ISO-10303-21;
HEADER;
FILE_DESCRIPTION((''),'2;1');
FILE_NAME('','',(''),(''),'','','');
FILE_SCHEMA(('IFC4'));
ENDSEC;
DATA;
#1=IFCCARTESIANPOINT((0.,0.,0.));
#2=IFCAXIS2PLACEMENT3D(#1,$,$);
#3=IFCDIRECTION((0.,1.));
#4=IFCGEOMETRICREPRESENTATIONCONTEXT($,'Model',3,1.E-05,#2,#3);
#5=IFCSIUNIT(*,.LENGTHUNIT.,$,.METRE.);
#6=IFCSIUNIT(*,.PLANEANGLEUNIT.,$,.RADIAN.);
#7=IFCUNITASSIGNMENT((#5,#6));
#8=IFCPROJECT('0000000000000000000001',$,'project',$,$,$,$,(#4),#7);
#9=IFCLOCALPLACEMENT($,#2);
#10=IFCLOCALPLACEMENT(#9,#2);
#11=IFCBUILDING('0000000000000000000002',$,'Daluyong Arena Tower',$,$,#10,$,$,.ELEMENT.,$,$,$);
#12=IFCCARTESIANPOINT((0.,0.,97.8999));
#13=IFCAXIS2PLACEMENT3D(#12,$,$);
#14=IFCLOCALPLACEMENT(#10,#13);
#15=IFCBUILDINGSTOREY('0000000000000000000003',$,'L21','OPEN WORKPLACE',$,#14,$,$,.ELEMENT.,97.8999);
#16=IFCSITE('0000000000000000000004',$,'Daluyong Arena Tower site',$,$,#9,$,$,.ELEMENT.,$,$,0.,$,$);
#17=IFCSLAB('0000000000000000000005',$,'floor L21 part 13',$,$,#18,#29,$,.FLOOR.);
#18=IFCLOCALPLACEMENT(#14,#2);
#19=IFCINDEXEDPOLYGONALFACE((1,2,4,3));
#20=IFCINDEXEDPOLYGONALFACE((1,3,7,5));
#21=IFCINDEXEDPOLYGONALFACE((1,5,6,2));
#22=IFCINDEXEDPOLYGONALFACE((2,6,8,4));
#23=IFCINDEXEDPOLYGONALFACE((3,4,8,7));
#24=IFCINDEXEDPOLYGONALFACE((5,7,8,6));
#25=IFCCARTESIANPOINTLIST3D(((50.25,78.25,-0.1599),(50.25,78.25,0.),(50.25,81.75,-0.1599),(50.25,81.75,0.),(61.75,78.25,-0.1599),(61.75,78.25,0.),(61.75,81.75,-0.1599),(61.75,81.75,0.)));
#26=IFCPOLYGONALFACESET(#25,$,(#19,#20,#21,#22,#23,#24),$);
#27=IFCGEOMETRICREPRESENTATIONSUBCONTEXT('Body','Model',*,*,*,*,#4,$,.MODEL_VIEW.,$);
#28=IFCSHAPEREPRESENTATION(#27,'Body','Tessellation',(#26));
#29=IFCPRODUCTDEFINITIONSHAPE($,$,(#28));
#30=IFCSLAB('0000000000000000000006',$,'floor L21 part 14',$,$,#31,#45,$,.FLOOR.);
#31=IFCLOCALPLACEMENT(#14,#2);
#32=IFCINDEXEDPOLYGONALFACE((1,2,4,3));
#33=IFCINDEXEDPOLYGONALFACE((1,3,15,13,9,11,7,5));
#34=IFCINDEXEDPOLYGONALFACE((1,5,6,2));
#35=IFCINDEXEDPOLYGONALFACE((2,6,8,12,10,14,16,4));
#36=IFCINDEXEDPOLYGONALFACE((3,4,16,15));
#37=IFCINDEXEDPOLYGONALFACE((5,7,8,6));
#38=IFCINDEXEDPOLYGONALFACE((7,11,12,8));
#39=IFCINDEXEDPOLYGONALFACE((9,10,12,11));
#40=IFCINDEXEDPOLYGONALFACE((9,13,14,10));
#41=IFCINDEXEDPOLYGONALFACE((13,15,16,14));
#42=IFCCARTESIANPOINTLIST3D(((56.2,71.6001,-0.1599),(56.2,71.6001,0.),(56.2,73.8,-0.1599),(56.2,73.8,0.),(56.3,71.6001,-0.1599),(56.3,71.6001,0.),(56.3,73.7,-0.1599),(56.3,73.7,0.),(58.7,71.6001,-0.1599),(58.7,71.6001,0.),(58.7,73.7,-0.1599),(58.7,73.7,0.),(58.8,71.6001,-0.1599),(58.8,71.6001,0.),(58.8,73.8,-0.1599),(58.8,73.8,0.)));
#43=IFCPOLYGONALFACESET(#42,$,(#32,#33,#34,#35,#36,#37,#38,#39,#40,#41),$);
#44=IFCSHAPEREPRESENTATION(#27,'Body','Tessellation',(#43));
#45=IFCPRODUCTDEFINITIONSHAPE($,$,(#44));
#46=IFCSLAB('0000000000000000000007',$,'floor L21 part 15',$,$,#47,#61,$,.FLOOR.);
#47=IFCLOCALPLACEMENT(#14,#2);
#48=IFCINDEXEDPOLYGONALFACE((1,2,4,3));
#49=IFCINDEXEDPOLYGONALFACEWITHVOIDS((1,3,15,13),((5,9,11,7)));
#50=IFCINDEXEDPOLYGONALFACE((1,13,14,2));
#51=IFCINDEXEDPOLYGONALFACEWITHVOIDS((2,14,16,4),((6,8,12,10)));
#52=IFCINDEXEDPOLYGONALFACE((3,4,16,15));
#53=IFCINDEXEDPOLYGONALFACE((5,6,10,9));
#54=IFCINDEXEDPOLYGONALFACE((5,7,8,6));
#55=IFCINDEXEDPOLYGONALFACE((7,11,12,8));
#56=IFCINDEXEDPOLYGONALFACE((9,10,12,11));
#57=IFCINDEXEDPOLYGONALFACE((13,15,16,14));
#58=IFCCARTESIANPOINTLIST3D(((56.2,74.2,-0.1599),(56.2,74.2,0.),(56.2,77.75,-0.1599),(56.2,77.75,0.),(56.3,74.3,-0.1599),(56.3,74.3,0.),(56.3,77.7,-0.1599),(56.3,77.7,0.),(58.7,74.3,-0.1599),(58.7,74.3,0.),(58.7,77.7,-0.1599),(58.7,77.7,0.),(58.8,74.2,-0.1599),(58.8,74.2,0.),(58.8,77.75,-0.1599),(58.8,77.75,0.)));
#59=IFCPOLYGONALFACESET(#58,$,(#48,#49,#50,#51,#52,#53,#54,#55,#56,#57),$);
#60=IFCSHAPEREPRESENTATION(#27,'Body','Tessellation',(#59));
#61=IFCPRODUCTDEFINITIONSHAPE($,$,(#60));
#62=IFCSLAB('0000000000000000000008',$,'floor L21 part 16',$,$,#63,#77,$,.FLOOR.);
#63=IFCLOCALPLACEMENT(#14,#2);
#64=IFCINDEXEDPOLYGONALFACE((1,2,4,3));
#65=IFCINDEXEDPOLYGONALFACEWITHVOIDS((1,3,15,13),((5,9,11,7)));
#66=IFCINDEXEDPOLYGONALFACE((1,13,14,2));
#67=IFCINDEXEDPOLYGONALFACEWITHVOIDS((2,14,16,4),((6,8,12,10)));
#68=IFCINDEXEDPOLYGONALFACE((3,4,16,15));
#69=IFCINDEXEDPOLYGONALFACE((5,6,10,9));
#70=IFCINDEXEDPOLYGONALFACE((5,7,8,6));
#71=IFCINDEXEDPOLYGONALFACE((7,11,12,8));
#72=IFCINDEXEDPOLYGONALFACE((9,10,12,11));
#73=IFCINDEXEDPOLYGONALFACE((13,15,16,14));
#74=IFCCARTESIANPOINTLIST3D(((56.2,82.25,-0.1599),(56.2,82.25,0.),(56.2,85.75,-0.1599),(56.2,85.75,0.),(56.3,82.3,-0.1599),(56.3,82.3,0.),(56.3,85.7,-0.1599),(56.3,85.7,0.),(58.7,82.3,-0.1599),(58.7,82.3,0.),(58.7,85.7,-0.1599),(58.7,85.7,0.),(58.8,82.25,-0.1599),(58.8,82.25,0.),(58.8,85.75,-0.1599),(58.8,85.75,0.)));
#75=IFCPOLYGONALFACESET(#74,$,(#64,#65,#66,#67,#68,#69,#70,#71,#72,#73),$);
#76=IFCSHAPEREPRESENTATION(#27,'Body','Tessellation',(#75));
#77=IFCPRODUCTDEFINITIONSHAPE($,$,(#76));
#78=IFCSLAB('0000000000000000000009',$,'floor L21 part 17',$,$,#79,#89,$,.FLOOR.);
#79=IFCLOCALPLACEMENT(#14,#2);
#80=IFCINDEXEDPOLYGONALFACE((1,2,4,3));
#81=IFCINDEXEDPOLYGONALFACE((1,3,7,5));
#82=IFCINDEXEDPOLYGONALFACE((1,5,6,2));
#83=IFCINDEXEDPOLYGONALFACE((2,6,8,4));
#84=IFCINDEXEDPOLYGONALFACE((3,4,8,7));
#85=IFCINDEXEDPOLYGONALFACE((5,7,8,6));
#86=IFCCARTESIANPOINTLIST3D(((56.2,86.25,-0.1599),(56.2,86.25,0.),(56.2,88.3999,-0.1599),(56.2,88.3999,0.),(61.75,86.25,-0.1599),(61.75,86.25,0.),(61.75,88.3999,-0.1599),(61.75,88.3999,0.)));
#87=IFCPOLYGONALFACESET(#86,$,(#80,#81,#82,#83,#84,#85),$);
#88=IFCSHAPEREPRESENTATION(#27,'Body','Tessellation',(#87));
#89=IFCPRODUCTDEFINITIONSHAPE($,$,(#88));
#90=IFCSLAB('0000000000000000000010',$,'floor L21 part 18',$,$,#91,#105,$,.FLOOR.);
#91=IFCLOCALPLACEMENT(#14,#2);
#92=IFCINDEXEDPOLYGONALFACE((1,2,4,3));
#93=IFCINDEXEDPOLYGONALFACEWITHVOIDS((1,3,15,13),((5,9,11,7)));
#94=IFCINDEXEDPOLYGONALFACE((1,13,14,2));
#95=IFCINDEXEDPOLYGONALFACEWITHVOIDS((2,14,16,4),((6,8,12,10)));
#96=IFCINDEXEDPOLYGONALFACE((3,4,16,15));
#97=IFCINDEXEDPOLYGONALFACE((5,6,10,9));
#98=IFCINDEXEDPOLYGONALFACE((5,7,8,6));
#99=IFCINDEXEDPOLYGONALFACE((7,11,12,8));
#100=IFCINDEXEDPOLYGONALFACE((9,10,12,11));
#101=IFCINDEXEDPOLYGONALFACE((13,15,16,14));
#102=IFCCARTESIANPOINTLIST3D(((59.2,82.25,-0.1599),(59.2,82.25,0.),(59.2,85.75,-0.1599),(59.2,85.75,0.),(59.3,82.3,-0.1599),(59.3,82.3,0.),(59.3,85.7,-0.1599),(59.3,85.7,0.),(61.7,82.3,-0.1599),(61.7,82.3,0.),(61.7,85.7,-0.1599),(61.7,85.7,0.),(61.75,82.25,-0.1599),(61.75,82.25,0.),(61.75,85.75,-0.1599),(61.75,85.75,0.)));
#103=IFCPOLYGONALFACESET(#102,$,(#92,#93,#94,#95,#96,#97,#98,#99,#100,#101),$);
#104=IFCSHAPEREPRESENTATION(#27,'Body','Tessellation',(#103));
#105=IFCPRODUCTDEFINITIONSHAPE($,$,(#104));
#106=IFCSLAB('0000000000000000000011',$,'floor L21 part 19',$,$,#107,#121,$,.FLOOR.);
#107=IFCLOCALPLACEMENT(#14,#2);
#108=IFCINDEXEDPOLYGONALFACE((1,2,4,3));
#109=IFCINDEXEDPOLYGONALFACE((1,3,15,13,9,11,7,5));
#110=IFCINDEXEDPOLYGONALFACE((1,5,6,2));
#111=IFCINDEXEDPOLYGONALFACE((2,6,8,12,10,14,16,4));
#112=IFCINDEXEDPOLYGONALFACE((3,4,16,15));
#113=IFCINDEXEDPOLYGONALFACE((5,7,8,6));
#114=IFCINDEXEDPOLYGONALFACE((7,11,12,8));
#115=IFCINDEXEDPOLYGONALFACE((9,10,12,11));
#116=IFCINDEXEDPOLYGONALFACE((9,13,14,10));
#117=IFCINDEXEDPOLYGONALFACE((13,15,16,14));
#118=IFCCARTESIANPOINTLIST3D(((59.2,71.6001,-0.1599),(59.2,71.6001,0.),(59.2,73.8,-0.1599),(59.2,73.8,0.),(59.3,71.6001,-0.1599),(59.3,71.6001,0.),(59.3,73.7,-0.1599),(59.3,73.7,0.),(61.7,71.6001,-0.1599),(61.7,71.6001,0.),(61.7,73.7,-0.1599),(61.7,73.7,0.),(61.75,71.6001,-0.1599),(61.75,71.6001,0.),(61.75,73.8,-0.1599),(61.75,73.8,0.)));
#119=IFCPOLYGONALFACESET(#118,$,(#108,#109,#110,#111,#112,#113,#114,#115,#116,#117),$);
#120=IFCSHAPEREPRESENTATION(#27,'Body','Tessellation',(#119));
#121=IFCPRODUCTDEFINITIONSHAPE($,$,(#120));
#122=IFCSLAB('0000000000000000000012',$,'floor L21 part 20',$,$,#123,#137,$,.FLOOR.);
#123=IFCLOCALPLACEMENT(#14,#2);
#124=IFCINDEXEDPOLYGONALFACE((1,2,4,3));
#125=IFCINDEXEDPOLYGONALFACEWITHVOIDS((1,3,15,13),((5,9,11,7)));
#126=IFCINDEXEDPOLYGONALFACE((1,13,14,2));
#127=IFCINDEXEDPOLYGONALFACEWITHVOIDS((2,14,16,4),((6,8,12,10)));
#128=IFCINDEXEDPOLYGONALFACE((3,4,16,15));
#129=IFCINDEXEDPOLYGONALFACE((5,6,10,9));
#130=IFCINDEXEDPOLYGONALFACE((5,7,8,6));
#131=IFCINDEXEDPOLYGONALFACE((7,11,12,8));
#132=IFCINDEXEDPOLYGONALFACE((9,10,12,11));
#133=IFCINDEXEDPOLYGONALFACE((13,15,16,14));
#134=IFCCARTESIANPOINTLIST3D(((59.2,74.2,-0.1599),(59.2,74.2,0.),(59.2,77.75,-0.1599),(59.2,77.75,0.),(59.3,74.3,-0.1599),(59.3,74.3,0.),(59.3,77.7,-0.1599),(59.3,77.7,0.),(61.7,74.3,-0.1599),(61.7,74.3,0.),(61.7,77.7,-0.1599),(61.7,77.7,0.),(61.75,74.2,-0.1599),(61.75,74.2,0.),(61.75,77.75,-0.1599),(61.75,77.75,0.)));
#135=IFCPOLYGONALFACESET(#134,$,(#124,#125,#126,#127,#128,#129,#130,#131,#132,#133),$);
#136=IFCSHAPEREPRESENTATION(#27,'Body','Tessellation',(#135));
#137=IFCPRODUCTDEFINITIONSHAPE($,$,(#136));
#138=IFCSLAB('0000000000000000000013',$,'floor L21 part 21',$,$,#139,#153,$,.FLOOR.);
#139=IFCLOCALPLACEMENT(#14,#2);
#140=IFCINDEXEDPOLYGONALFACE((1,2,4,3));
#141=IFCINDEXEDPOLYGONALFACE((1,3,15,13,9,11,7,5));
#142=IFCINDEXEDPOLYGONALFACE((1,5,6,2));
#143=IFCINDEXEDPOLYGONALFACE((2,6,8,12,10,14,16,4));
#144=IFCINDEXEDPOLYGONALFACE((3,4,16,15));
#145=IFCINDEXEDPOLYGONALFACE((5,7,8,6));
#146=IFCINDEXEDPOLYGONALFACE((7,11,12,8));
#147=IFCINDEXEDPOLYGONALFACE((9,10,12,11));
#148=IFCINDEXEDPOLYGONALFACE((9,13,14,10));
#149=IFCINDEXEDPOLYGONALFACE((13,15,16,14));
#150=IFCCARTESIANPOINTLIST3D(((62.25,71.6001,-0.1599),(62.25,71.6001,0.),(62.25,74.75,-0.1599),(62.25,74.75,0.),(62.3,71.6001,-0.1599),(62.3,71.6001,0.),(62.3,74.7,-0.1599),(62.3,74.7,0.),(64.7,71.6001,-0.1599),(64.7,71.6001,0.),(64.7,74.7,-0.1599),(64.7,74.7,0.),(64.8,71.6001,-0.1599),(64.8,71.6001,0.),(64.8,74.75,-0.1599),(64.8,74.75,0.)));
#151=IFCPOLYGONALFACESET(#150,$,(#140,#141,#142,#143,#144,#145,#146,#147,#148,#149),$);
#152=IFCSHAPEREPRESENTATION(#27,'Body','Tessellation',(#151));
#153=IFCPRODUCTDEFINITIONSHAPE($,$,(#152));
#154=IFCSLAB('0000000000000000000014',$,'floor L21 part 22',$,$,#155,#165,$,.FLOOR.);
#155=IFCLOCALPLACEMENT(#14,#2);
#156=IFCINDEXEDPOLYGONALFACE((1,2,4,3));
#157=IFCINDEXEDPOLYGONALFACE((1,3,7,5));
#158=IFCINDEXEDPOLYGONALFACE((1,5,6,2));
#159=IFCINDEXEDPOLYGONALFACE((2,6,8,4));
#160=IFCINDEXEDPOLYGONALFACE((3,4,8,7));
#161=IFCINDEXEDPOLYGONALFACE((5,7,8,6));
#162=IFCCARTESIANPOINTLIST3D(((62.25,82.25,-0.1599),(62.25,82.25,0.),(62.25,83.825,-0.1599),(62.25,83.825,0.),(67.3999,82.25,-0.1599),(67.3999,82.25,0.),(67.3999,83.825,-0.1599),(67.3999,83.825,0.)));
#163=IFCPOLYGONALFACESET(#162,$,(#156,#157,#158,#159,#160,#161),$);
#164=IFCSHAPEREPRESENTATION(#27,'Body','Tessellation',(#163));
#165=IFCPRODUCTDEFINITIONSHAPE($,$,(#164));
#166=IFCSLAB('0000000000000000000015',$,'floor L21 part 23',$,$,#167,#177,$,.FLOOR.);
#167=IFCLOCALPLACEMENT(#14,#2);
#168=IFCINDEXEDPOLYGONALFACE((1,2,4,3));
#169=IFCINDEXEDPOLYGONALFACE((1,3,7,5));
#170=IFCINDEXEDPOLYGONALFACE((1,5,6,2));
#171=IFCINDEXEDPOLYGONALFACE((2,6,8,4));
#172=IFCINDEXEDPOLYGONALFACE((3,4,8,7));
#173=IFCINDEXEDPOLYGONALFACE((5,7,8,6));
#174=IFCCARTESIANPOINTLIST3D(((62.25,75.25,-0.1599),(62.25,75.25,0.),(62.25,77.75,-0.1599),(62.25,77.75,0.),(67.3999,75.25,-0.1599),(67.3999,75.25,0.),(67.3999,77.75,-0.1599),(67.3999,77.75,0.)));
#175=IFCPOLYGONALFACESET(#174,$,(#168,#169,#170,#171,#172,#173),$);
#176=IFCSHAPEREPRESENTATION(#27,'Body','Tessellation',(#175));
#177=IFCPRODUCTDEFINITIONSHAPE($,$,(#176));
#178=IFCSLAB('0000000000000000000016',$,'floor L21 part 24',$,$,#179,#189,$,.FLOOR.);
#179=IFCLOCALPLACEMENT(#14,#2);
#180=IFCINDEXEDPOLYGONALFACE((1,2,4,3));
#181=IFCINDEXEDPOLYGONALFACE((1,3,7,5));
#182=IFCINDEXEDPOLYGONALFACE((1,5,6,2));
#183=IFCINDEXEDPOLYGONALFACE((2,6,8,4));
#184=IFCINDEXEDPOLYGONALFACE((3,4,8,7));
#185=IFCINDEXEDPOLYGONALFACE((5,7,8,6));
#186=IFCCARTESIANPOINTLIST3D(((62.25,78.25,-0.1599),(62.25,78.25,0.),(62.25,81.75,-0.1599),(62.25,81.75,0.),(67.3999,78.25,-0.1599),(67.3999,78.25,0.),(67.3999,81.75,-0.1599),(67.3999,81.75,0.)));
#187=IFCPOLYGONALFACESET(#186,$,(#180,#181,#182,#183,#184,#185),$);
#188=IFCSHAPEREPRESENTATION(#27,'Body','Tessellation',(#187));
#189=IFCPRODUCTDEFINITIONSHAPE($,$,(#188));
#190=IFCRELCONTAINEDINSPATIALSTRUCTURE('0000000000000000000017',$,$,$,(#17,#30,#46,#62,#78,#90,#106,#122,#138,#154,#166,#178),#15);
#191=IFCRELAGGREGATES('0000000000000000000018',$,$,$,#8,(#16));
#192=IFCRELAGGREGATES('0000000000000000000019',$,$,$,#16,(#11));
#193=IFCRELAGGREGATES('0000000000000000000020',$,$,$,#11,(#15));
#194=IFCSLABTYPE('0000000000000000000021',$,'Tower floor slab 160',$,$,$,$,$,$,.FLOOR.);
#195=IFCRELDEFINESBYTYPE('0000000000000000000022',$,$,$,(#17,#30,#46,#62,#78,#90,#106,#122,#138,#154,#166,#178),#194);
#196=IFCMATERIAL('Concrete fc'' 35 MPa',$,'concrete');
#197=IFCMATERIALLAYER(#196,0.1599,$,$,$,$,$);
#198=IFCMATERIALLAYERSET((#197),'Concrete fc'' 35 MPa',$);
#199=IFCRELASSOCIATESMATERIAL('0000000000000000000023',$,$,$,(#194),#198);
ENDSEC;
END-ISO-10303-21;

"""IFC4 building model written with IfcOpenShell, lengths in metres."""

from ifc_helpers import new_model, si_unit, direction, frame, origin, place, context, subcontext, project, spatial, polyline, outline, extrude, material, layer, layer_set, type_object, element, save


model = new_model("IFC4")

# Units and contexts
model_context = context("Model", 3, precision=1e-05, world=origin(), true_north=direction((0.0, 1.0)))
body_context = subcontext(model_context, "Body", "Model", "MODEL_VIEW")
ifc_project = project(units=[si_unit("LENGTHUNIT", "METRE"), si_unit("PLANEANGLEUNIT", "RADIAN")], contexts=[model_context])

# Site, building, storey
site_placement = place(None, origin())
site = spatial("IfcSite", under=ifc_project, at=site_placement, Name="Daluyong Arena Tower site", CompositionType="ELEMENT", RefElevation=0.0)
building_placement = place(site_placement, origin())
building = spatial("IfcBuilding", under=site, at=building_placement, Name="Daluyong Arena Tower", CompositionType="ELEMENT")
storey_placement = place(building_placement, frame((0.0, 0.0, 97.8999)))
storey = spatial("IfcBuildingStorey", under=building, at=storey_placement, Name="L21", Description="OPEN WORKPLACE", CompositionType="ELEMENT", Elevation=97.8999)

# Slabs
ifc_material_1 = material(Name="Concrete fc' 35 MPa", Category="concrete")
ifc_layer_1 = layer(ifc_material_1, 0.1599)
ifc_layer_set_1 = layer_set([ifc_layer_1], Name="Concrete fc' 35 MPa")
slab_type = type_object("IfcSlabType", Name="Tower floor slab 160", PredefinedType="FLOOR", material=ifc_layer_set_1)
slab_1_placement = place(storey_placement, frame((0.0, 0.0, -0.1599)))
element("IfcSlab", 1, at=slab_1_placement, inside=storey, type_object=slab_type, Name="floor L21 part 13", PredefinedType="FLOOR", context=body_context, shape_type="SweptSolid", body=[
    extrude(outline(polyline([(61.75, 81.75), (50.25, 81.75), (50.25, 78.25), (61.75, 78.25), (61.75, 81.75)])), origin(), (0.0, 0.0, 1.0), 0.1599),
])
slab_2_placement = place(storey_placement, frame((0.0, 0.0, -0.1599)))
element("IfcSlab", 2, at=slab_2_placement, inside=storey, type_object=slab_type, Name="floor L21 part 14", PredefinedType="FLOOR", context=body_context, shape_type="SweptSolid", body=[
    extrude(outline(polyline([(58.7, 73.7), (58.7, 71.6001), (58.8, 71.6001), (58.8, 73.8), (56.2, 73.8), (56.2, 71.6001), (56.3, 71.6001), (56.3, 73.7), (58.7, 73.7)])), origin(), (0.0, 0.0, 1.0), 0.1599),
])
slab_3_placement = place(storey_placement, frame((0.0, 0.0, -0.1599)))
element("IfcSlab", 3, at=slab_3_placement, inside=storey, type_object=slab_type, Name="floor L21 part 15", PredefinedType="FLOOR", context=body_context, shape_type="SweptSolid", body=[
    extrude(outline(polyline([(56.2, 77.75), (56.2, 74.2), (58.8, 74.2), (58.8, 77.75), (56.2, 77.75)]), holes=[polyline([(58.7, 77.7), (58.7, 74.3), (56.3, 74.3), (56.3, 77.7), (58.7, 77.7)])]), origin(), (0.0, 0.0, 1.0), 0.1599),
])
slab_4_placement = place(storey_placement, frame((0.0, 0.0, -0.1599)))
element("IfcSlab", 4, at=slab_4_placement, inside=storey, type_object=slab_type, Name="floor L21 part 16", PredefinedType="FLOOR", context=body_context, shape_type="SweptSolid", body=[
    extrude(outline(polyline([(56.2, 85.75), (56.2, 82.25), (58.8, 82.25), (58.8, 85.75), (56.2, 85.75)]), holes=[polyline([(58.7, 85.7), (58.7, 82.3), (56.3, 82.3), (56.3, 85.7), (58.7, 85.7)])]), origin(), (0.0, 0.0, 1.0), 0.1599),
])
slab_5_placement = place(storey_placement, frame((0.0, 0.0, -0.1599)))
element("IfcSlab", 5, at=slab_5_placement, inside=storey, type_object=slab_type, Name="floor L21 part 17", PredefinedType="FLOOR", context=body_context, shape_type="SweptSolid", body=[
    extrude(outline(polyline([(56.2, 86.25), (61.75, 86.25), (61.75, 88.3999), (56.2, 88.3999), (56.2, 86.25)])), origin(), (0.0, 0.0, 1.0), 0.1599),
])
slab_6_placement = place(storey_placement, frame((0.0, 0.0, -0.1599)))
element("IfcSlab", 6, at=slab_6_placement, inside=storey, type_object=slab_type, Name="floor L21 part 18", PredefinedType="FLOOR", context=body_context, shape_type="SweptSolid", body=[
    extrude(outline(polyline([(59.2, 82.25), (61.75, 82.25), (61.75, 85.75), (59.2, 85.75), (59.2, 82.25)]), holes=[polyline([(61.7, 82.3), (59.3, 82.3), (59.3, 85.7), (61.7, 85.7), (61.7, 82.3)])]), origin(), (0.0, 0.0, 1.0), 0.1599),
])
slab_7_placement = place(storey_placement, frame((0.0, 0.0, -0.1599)))
element("IfcSlab", 7, at=slab_7_placement, inside=storey, type_object=slab_type, Name="floor L21 part 19", PredefinedType="FLOOR", context=body_context, shape_type="SweptSolid", body=[
    extrude(outline(polyline([(61.75, 73.8), (59.2, 73.8), (59.2, 71.6001), (59.3, 71.6001), (59.3, 73.7), (61.7, 73.7), (61.7, 71.6001), (61.75, 71.6001), (61.75, 73.8)])), origin(), (0.0, 0.0, 1.0), 0.1599),
])
slab_8_placement = place(storey_placement, frame((0.0, 0.0, -0.1599)))
element("IfcSlab", 8, at=slab_8_placement, inside=storey, type_object=slab_type, Name="floor L21 part 20", PredefinedType="FLOOR", context=body_context, shape_type="SweptSolid", body=[
    extrude(outline(polyline([(59.2, 74.2), (61.75, 74.2), (61.75, 77.75), (59.2, 77.75), (59.2, 74.2)]), holes=[polyline([(61.7, 77.7), (61.7, 74.3), (59.3, 74.3), (59.3, 77.7), (61.7, 77.7)])]), origin(), (0.0, 0.0, 1.0), 0.1599),
])
slab_9_placement = place(storey_placement, frame((0.0, 0.0, -0.1599)))
element("IfcSlab", 9, at=slab_9_placement, inside=storey, type_object=slab_type, Name="floor L21 part 21", PredefinedType="FLOOR", context=body_context, shape_type="SweptSolid", body=[
    extrude(outline(polyline([(64.8, 71.6001), (64.8, 74.75), (62.25, 74.75), (62.25, 71.6001), (62.3, 71.6001), (62.3, 74.7), (64.7, 74.7), (64.7, 71.6001), (64.8, 71.6001)])), origin(), (0.0, 0.0, 1.0), 0.1599),
])
slab_10_placement = place(storey_placement, frame((0.0, 0.0, -0.1599)))
element("IfcSlab", 10, at=slab_10_placement, inside=storey, type_object=slab_type, Name="floor L21 part 22", PredefinedType="FLOOR", context=body_context, shape_type="SweptSolid", body=[
    extrude(outline(polyline([(67.3999, 82.25), (67.3999, 83.825), (62.25, 83.825), (62.25, 82.25), (67.3999, 82.25)])), origin(), (0.0, 0.0, 1.0), 0.1599),
])
slab_11_placement = place(storey_placement, frame((0.0, 0.0, -0.1599)))
element("IfcSlab", 11, at=slab_11_placement, inside=storey, type_object=slab_type, Name="floor L21 part 23", PredefinedType="FLOOR", context=body_context, shape_type="SweptSolid", body=[
    extrude(outline(polyline([(67.3999, 75.25), (67.3999, 77.75), (62.25, 77.75), (62.25, 75.25), (67.3999, 75.25)])), origin(), (0.0, 0.0, 1.0), 0.1599),
])
slab_12_placement = place(storey_placement, frame((0.0, 0.0, -0.1599)))
element("IfcSlab", 12, at=slab_12_placement, inside=storey, type_object=slab_type, Name="floor L21 part 24", PredefinedType="FLOOR", context=body_context, shape_type="SweptSolid", body=[
    extrude(outline(polyline([(67.3999, 78.25), (67.3999, 81.75), (62.25, 81.75), (62.25, 78.25), (67.3999, 78.25)])), origin(), (0.0, 0.0, 1.0), 0.1599),
])

save(model, "model.ifc")
